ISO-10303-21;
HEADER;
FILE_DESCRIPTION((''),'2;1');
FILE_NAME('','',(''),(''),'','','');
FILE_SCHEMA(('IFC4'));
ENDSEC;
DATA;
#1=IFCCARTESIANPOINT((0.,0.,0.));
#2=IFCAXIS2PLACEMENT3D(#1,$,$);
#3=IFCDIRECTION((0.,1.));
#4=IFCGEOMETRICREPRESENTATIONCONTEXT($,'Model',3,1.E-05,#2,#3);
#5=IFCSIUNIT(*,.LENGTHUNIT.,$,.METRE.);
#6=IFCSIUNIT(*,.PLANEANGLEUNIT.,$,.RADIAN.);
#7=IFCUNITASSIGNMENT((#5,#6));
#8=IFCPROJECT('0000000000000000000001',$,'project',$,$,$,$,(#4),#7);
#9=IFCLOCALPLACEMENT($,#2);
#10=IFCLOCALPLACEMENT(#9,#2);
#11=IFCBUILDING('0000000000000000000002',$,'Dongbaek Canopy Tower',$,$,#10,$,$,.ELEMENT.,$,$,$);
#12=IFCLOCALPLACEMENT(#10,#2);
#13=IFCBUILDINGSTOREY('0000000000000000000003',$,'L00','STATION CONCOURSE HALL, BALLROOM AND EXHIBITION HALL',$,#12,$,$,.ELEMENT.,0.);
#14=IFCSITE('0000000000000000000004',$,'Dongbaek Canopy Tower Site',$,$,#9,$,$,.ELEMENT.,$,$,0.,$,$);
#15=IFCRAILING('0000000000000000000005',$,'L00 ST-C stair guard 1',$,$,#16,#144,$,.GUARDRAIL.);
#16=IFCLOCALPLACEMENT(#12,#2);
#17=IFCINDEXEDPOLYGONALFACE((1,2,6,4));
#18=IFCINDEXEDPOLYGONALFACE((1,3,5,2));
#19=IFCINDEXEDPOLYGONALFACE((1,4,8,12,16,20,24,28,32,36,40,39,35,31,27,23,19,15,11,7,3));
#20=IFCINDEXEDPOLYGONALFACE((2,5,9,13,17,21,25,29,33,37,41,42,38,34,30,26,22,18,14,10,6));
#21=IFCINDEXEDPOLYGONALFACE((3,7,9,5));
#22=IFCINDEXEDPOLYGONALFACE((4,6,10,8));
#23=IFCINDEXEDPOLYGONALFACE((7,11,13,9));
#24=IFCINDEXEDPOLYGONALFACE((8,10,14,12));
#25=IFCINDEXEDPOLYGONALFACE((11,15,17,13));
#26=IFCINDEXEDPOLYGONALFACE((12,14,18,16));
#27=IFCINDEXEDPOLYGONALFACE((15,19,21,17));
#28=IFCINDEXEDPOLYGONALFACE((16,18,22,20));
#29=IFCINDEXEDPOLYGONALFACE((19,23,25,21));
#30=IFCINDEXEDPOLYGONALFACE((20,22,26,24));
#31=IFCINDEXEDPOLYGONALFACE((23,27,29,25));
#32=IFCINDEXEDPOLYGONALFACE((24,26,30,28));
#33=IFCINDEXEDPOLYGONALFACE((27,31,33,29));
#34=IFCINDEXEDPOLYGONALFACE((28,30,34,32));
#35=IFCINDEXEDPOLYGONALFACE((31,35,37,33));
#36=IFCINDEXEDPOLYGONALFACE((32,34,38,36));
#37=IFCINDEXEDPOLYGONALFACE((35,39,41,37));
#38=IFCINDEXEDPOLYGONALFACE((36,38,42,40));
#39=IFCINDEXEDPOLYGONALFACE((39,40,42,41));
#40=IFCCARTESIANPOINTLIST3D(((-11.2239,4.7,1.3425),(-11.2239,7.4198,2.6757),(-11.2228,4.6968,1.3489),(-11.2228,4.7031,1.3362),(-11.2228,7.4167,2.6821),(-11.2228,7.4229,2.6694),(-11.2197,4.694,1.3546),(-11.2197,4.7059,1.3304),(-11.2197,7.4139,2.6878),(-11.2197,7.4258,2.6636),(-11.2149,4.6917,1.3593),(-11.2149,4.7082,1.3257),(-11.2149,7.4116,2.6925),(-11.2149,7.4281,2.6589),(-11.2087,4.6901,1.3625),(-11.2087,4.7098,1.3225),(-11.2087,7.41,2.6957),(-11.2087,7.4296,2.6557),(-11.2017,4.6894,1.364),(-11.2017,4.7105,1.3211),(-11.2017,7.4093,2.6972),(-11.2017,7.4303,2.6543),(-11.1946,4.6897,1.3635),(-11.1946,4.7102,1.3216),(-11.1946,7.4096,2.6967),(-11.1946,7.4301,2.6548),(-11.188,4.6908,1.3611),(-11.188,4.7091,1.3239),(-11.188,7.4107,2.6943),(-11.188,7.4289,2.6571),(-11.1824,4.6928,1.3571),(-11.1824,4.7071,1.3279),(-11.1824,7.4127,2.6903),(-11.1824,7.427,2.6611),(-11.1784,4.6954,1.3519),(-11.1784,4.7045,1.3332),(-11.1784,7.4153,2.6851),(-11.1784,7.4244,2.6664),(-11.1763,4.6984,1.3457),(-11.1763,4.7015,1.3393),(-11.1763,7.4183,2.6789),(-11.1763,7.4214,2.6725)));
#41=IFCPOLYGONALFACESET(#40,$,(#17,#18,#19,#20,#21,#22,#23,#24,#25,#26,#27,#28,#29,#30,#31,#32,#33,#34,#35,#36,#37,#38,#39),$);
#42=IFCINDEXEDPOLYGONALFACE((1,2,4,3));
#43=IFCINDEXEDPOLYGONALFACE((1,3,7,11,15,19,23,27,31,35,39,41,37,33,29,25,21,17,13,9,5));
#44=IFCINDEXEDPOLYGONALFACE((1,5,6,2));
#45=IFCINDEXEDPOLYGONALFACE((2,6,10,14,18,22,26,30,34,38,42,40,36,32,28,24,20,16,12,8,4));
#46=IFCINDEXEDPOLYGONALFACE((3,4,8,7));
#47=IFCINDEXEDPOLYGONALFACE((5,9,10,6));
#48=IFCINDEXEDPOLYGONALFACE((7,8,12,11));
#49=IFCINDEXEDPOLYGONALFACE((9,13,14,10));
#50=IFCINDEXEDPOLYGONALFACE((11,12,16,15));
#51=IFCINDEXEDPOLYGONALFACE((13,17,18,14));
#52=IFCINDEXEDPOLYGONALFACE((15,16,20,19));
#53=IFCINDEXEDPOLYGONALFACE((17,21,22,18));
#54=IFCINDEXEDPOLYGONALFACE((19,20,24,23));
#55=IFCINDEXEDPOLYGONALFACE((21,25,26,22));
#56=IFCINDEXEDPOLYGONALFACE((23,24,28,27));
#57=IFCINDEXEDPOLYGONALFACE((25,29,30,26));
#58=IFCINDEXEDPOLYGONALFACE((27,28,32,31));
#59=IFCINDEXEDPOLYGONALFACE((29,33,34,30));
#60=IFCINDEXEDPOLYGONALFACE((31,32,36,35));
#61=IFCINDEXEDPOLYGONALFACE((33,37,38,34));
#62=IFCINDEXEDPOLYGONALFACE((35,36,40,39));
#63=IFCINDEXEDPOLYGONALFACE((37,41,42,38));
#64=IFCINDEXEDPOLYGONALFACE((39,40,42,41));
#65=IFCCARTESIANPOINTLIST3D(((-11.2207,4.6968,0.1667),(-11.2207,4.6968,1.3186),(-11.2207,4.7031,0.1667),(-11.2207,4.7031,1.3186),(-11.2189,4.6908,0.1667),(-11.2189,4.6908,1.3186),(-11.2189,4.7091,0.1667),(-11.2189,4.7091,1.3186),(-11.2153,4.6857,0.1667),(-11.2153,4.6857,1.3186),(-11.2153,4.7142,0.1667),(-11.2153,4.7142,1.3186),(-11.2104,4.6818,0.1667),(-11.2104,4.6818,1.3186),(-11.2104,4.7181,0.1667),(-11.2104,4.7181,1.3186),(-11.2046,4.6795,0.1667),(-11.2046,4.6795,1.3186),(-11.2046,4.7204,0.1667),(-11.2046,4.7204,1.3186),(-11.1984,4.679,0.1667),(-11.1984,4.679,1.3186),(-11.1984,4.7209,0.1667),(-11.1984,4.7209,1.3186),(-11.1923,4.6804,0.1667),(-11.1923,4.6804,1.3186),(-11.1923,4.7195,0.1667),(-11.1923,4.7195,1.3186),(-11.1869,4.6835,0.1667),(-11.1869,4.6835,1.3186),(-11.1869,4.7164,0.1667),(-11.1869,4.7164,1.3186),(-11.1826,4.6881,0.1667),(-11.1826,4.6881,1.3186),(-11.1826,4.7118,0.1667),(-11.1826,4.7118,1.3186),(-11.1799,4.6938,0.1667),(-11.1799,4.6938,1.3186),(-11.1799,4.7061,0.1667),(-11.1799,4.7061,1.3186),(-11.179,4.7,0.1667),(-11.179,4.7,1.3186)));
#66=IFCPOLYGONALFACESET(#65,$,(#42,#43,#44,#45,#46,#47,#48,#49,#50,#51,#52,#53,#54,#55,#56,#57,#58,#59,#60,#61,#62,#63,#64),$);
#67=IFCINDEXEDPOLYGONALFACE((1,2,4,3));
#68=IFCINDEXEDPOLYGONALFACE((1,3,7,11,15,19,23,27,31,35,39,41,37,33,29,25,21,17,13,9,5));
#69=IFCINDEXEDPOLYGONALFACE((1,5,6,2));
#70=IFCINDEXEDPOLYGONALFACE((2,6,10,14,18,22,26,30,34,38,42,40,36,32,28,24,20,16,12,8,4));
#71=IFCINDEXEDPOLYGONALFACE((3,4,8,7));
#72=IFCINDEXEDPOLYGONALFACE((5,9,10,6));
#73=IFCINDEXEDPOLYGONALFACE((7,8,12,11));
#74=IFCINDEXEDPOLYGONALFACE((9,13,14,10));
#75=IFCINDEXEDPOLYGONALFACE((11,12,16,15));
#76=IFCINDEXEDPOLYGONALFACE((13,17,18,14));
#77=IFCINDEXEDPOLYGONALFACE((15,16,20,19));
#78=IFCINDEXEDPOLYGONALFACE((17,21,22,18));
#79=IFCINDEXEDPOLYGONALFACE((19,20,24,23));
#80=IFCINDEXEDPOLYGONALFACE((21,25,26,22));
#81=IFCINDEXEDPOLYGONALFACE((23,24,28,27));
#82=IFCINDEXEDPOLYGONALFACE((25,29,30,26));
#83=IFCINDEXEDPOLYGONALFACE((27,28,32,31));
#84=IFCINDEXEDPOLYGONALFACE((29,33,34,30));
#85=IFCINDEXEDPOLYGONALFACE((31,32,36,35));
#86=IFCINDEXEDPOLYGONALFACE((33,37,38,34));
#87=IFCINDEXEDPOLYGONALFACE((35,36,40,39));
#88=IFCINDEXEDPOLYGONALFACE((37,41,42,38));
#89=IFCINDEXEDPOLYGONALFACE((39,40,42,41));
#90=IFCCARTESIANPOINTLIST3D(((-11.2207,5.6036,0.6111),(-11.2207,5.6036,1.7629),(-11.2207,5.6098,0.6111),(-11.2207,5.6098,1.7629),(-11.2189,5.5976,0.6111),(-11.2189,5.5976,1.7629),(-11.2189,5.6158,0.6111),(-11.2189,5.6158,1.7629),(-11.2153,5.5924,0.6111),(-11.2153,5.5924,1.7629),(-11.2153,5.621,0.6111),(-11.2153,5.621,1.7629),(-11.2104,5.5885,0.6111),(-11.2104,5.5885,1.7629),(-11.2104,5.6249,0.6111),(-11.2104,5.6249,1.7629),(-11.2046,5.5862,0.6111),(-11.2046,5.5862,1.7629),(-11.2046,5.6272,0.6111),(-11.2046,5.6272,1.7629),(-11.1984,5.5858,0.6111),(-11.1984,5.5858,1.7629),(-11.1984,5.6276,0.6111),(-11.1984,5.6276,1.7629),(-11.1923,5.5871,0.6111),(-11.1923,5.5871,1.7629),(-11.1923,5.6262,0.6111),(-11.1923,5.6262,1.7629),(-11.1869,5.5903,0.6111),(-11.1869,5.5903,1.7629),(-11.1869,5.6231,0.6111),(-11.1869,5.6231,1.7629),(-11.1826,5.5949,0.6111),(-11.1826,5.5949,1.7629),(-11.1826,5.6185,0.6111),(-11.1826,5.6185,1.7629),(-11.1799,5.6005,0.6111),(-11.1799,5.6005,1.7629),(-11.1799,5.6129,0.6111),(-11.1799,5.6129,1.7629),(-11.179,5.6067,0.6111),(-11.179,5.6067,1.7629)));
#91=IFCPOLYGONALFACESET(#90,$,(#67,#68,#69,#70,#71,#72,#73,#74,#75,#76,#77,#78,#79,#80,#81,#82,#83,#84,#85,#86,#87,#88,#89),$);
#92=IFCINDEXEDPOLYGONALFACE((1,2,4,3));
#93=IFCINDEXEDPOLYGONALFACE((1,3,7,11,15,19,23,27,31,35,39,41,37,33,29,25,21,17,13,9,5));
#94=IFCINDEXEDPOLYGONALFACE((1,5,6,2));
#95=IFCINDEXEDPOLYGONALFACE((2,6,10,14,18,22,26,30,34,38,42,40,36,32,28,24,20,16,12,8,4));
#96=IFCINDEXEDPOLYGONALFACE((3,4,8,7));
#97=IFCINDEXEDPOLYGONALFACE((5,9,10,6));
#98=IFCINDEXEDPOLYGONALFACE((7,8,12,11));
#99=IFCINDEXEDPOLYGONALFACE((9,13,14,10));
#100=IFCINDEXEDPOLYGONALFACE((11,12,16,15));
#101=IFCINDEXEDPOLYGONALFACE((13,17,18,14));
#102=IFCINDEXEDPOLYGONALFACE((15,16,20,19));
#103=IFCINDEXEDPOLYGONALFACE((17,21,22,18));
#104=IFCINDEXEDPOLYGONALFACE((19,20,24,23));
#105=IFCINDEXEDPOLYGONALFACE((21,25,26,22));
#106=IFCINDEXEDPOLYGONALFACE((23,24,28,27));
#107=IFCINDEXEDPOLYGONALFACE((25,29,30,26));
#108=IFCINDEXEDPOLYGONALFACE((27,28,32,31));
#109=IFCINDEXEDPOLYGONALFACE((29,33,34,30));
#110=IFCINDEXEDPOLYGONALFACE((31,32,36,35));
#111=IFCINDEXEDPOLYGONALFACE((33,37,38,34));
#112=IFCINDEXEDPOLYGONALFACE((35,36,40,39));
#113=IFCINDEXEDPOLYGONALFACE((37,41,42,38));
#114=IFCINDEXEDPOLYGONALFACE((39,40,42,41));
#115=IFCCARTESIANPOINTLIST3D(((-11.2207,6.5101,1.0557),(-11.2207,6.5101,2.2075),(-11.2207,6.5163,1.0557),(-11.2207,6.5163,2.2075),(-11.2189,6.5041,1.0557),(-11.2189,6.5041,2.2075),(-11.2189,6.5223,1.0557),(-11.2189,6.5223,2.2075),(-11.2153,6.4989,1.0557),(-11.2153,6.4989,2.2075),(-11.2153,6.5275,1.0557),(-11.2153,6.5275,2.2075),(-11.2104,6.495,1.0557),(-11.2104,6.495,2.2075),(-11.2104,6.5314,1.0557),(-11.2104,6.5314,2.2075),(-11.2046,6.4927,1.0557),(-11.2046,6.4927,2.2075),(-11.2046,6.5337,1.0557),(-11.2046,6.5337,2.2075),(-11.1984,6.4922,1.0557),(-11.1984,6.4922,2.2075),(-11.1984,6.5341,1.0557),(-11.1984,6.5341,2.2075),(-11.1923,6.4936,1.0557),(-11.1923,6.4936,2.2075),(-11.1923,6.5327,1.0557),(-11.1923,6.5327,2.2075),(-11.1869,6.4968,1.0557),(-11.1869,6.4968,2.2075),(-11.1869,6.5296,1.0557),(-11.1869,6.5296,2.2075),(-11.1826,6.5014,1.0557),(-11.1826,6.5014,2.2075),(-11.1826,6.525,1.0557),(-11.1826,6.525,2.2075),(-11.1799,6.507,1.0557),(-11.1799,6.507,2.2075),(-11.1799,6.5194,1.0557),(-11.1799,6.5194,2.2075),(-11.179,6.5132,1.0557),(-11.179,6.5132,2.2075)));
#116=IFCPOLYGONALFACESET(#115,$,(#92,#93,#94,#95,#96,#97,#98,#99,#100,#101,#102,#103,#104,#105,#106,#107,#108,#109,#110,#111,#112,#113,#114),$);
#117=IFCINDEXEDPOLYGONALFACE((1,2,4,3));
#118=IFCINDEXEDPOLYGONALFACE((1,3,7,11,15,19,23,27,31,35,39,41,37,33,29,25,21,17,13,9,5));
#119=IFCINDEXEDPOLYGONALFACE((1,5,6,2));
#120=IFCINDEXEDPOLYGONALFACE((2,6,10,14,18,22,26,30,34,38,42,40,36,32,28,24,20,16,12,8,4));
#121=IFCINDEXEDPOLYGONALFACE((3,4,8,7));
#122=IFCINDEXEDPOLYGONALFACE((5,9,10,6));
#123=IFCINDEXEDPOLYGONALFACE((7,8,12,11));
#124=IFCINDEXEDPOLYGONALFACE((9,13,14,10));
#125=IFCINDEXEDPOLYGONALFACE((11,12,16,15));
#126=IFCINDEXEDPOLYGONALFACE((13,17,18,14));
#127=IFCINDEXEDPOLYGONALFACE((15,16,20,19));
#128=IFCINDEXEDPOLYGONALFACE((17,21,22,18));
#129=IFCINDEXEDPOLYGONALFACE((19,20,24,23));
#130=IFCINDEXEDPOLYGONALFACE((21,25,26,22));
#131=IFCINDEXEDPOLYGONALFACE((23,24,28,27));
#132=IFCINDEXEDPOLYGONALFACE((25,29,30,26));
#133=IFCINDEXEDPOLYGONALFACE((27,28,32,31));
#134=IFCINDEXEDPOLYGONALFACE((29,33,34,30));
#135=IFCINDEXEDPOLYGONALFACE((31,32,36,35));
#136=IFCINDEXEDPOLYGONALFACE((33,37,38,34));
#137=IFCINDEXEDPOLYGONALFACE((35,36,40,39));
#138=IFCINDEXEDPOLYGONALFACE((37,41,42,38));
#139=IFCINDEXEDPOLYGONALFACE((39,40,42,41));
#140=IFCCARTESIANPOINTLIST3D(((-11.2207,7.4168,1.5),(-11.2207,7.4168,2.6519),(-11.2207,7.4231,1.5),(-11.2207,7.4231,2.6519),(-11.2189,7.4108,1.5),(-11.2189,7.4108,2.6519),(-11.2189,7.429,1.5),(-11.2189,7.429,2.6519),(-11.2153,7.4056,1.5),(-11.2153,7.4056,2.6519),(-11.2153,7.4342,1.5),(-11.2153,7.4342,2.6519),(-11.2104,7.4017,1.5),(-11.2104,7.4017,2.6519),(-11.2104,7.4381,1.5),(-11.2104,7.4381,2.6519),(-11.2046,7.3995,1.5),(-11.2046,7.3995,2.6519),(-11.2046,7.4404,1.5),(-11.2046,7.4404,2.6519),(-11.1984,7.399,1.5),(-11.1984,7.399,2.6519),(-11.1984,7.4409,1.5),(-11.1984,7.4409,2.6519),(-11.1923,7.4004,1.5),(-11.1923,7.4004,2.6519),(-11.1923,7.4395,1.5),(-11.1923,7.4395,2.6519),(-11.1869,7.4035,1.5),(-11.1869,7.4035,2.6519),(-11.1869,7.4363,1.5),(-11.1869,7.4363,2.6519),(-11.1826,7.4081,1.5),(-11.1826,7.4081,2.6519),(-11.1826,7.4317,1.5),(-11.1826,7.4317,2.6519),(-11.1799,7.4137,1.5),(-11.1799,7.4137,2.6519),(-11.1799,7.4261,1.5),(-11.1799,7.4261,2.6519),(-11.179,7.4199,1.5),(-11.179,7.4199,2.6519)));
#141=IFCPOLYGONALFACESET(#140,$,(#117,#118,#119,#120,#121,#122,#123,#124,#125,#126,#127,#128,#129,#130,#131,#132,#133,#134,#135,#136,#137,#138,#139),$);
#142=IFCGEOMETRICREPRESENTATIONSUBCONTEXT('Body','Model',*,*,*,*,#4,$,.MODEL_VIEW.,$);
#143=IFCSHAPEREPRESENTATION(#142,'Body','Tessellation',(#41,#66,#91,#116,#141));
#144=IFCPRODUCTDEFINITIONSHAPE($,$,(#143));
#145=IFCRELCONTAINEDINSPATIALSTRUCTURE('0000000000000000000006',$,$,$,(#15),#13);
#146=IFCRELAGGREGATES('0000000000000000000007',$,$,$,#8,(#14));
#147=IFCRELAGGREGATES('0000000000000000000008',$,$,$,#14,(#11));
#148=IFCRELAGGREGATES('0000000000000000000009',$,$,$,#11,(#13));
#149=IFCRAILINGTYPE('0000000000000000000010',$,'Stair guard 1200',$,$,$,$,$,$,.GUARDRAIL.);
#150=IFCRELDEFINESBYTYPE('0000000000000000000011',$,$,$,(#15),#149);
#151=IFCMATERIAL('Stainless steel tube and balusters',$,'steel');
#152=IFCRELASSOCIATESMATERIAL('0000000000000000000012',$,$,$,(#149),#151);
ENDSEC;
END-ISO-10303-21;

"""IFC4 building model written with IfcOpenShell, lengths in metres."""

from ifc_helpers import new_model, si_unit, direction, frame, origin, origin_2d, place, context, subcontext, project, spatial, circle, extrude, material, type_object, element, save


model = new_model("IFC4")

# Units and contexts
model_context = context("Model", 3, precision=1e-05, world=origin(), true_north=direction((0.0, 1.0)))
body_context = subcontext(model_context, "Body", "Model", "MODEL_VIEW")
ifc_project = project(units=[si_unit("LENGTHUNIT", "METRE"), si_unit("PLANEANGLEUNIT", "RADIAN")], contexts=[model_context])

# Site, building, storey
site_placement = place(None, origin())
site = spatial("IfcSite", under=ifc_project, at=site_placement, Name="Dongbaek Canopy Tower Site", CompositionType="ELEMENT", RefElevation=0.0)
building_placement = place(site_placement, origin())
building = spatial("IfcBuilding", under=site, at=building_placement, Name="Dongbaek Canopy Tower", CompositionType="ELEMENT")
storey_placement = place(building_placement, origin())
storey = spatial("IfcBuildingStorey", under=building, at=storey_placement, Name="L00", Description="STATION CONCOURSE HALL, BALLROOM AND EXHIBITION HALL", CompositionType="ELEMENT", Elevation=0.0)

# Railing
ifc_material_1 = material(Name="Stainless steel tube and balusters", Category="steel")
railing_type_1 = type_object("IfcRailingType", Name="Stair guard 1200", PredefinedType="GUARDRAIL", material=ifc_material_1)
railing_1_placement = place(storey_placement, frame((-11.2, 4.7, 0.1667)))
element("IfcRailing", 1, at=railing_1_placement, inside=storey, type_object=railing_type_1, Name="L00 ST-C stair guard 1", PredefinedType="GUARDRAIL", context=body_context, shape_type="SweptSolid", body=[
    extrude(circle(Radius=0.0239, at=origin_2d()), frame((0.0, 0.0, 1.1758), z_axis=(0.0, 0.897929, 0.440139), x_axis=(-1.0, 0.0, 0.0)), (0.0, 0.0, 1.0), 3.0291),
    extrude(circle(Radius=0.021, at=origin_2d()), origin(), (0.0, 0.0, 1.0), 1.1519),
    extrude(circle(Radius=0.021, at=origin_2d()), frame((0.0, 0.9067, 0.4443)), (0.0, 0.0, 1.0), 1.1519),
    extrude(circle(Radius=0.021, at=origin_2d()), frame((0.0, 1.8132, 0.8889)), (0.0, 0.0, 1.0), 1.1519),
    extrude(circle(Radius=0.021, at=origin_2d()), frame((0.0, 2.72, 1.3333)), (0.0, 0.0, 1.0), 1.1519),
])

save(model, "model.ifc")
